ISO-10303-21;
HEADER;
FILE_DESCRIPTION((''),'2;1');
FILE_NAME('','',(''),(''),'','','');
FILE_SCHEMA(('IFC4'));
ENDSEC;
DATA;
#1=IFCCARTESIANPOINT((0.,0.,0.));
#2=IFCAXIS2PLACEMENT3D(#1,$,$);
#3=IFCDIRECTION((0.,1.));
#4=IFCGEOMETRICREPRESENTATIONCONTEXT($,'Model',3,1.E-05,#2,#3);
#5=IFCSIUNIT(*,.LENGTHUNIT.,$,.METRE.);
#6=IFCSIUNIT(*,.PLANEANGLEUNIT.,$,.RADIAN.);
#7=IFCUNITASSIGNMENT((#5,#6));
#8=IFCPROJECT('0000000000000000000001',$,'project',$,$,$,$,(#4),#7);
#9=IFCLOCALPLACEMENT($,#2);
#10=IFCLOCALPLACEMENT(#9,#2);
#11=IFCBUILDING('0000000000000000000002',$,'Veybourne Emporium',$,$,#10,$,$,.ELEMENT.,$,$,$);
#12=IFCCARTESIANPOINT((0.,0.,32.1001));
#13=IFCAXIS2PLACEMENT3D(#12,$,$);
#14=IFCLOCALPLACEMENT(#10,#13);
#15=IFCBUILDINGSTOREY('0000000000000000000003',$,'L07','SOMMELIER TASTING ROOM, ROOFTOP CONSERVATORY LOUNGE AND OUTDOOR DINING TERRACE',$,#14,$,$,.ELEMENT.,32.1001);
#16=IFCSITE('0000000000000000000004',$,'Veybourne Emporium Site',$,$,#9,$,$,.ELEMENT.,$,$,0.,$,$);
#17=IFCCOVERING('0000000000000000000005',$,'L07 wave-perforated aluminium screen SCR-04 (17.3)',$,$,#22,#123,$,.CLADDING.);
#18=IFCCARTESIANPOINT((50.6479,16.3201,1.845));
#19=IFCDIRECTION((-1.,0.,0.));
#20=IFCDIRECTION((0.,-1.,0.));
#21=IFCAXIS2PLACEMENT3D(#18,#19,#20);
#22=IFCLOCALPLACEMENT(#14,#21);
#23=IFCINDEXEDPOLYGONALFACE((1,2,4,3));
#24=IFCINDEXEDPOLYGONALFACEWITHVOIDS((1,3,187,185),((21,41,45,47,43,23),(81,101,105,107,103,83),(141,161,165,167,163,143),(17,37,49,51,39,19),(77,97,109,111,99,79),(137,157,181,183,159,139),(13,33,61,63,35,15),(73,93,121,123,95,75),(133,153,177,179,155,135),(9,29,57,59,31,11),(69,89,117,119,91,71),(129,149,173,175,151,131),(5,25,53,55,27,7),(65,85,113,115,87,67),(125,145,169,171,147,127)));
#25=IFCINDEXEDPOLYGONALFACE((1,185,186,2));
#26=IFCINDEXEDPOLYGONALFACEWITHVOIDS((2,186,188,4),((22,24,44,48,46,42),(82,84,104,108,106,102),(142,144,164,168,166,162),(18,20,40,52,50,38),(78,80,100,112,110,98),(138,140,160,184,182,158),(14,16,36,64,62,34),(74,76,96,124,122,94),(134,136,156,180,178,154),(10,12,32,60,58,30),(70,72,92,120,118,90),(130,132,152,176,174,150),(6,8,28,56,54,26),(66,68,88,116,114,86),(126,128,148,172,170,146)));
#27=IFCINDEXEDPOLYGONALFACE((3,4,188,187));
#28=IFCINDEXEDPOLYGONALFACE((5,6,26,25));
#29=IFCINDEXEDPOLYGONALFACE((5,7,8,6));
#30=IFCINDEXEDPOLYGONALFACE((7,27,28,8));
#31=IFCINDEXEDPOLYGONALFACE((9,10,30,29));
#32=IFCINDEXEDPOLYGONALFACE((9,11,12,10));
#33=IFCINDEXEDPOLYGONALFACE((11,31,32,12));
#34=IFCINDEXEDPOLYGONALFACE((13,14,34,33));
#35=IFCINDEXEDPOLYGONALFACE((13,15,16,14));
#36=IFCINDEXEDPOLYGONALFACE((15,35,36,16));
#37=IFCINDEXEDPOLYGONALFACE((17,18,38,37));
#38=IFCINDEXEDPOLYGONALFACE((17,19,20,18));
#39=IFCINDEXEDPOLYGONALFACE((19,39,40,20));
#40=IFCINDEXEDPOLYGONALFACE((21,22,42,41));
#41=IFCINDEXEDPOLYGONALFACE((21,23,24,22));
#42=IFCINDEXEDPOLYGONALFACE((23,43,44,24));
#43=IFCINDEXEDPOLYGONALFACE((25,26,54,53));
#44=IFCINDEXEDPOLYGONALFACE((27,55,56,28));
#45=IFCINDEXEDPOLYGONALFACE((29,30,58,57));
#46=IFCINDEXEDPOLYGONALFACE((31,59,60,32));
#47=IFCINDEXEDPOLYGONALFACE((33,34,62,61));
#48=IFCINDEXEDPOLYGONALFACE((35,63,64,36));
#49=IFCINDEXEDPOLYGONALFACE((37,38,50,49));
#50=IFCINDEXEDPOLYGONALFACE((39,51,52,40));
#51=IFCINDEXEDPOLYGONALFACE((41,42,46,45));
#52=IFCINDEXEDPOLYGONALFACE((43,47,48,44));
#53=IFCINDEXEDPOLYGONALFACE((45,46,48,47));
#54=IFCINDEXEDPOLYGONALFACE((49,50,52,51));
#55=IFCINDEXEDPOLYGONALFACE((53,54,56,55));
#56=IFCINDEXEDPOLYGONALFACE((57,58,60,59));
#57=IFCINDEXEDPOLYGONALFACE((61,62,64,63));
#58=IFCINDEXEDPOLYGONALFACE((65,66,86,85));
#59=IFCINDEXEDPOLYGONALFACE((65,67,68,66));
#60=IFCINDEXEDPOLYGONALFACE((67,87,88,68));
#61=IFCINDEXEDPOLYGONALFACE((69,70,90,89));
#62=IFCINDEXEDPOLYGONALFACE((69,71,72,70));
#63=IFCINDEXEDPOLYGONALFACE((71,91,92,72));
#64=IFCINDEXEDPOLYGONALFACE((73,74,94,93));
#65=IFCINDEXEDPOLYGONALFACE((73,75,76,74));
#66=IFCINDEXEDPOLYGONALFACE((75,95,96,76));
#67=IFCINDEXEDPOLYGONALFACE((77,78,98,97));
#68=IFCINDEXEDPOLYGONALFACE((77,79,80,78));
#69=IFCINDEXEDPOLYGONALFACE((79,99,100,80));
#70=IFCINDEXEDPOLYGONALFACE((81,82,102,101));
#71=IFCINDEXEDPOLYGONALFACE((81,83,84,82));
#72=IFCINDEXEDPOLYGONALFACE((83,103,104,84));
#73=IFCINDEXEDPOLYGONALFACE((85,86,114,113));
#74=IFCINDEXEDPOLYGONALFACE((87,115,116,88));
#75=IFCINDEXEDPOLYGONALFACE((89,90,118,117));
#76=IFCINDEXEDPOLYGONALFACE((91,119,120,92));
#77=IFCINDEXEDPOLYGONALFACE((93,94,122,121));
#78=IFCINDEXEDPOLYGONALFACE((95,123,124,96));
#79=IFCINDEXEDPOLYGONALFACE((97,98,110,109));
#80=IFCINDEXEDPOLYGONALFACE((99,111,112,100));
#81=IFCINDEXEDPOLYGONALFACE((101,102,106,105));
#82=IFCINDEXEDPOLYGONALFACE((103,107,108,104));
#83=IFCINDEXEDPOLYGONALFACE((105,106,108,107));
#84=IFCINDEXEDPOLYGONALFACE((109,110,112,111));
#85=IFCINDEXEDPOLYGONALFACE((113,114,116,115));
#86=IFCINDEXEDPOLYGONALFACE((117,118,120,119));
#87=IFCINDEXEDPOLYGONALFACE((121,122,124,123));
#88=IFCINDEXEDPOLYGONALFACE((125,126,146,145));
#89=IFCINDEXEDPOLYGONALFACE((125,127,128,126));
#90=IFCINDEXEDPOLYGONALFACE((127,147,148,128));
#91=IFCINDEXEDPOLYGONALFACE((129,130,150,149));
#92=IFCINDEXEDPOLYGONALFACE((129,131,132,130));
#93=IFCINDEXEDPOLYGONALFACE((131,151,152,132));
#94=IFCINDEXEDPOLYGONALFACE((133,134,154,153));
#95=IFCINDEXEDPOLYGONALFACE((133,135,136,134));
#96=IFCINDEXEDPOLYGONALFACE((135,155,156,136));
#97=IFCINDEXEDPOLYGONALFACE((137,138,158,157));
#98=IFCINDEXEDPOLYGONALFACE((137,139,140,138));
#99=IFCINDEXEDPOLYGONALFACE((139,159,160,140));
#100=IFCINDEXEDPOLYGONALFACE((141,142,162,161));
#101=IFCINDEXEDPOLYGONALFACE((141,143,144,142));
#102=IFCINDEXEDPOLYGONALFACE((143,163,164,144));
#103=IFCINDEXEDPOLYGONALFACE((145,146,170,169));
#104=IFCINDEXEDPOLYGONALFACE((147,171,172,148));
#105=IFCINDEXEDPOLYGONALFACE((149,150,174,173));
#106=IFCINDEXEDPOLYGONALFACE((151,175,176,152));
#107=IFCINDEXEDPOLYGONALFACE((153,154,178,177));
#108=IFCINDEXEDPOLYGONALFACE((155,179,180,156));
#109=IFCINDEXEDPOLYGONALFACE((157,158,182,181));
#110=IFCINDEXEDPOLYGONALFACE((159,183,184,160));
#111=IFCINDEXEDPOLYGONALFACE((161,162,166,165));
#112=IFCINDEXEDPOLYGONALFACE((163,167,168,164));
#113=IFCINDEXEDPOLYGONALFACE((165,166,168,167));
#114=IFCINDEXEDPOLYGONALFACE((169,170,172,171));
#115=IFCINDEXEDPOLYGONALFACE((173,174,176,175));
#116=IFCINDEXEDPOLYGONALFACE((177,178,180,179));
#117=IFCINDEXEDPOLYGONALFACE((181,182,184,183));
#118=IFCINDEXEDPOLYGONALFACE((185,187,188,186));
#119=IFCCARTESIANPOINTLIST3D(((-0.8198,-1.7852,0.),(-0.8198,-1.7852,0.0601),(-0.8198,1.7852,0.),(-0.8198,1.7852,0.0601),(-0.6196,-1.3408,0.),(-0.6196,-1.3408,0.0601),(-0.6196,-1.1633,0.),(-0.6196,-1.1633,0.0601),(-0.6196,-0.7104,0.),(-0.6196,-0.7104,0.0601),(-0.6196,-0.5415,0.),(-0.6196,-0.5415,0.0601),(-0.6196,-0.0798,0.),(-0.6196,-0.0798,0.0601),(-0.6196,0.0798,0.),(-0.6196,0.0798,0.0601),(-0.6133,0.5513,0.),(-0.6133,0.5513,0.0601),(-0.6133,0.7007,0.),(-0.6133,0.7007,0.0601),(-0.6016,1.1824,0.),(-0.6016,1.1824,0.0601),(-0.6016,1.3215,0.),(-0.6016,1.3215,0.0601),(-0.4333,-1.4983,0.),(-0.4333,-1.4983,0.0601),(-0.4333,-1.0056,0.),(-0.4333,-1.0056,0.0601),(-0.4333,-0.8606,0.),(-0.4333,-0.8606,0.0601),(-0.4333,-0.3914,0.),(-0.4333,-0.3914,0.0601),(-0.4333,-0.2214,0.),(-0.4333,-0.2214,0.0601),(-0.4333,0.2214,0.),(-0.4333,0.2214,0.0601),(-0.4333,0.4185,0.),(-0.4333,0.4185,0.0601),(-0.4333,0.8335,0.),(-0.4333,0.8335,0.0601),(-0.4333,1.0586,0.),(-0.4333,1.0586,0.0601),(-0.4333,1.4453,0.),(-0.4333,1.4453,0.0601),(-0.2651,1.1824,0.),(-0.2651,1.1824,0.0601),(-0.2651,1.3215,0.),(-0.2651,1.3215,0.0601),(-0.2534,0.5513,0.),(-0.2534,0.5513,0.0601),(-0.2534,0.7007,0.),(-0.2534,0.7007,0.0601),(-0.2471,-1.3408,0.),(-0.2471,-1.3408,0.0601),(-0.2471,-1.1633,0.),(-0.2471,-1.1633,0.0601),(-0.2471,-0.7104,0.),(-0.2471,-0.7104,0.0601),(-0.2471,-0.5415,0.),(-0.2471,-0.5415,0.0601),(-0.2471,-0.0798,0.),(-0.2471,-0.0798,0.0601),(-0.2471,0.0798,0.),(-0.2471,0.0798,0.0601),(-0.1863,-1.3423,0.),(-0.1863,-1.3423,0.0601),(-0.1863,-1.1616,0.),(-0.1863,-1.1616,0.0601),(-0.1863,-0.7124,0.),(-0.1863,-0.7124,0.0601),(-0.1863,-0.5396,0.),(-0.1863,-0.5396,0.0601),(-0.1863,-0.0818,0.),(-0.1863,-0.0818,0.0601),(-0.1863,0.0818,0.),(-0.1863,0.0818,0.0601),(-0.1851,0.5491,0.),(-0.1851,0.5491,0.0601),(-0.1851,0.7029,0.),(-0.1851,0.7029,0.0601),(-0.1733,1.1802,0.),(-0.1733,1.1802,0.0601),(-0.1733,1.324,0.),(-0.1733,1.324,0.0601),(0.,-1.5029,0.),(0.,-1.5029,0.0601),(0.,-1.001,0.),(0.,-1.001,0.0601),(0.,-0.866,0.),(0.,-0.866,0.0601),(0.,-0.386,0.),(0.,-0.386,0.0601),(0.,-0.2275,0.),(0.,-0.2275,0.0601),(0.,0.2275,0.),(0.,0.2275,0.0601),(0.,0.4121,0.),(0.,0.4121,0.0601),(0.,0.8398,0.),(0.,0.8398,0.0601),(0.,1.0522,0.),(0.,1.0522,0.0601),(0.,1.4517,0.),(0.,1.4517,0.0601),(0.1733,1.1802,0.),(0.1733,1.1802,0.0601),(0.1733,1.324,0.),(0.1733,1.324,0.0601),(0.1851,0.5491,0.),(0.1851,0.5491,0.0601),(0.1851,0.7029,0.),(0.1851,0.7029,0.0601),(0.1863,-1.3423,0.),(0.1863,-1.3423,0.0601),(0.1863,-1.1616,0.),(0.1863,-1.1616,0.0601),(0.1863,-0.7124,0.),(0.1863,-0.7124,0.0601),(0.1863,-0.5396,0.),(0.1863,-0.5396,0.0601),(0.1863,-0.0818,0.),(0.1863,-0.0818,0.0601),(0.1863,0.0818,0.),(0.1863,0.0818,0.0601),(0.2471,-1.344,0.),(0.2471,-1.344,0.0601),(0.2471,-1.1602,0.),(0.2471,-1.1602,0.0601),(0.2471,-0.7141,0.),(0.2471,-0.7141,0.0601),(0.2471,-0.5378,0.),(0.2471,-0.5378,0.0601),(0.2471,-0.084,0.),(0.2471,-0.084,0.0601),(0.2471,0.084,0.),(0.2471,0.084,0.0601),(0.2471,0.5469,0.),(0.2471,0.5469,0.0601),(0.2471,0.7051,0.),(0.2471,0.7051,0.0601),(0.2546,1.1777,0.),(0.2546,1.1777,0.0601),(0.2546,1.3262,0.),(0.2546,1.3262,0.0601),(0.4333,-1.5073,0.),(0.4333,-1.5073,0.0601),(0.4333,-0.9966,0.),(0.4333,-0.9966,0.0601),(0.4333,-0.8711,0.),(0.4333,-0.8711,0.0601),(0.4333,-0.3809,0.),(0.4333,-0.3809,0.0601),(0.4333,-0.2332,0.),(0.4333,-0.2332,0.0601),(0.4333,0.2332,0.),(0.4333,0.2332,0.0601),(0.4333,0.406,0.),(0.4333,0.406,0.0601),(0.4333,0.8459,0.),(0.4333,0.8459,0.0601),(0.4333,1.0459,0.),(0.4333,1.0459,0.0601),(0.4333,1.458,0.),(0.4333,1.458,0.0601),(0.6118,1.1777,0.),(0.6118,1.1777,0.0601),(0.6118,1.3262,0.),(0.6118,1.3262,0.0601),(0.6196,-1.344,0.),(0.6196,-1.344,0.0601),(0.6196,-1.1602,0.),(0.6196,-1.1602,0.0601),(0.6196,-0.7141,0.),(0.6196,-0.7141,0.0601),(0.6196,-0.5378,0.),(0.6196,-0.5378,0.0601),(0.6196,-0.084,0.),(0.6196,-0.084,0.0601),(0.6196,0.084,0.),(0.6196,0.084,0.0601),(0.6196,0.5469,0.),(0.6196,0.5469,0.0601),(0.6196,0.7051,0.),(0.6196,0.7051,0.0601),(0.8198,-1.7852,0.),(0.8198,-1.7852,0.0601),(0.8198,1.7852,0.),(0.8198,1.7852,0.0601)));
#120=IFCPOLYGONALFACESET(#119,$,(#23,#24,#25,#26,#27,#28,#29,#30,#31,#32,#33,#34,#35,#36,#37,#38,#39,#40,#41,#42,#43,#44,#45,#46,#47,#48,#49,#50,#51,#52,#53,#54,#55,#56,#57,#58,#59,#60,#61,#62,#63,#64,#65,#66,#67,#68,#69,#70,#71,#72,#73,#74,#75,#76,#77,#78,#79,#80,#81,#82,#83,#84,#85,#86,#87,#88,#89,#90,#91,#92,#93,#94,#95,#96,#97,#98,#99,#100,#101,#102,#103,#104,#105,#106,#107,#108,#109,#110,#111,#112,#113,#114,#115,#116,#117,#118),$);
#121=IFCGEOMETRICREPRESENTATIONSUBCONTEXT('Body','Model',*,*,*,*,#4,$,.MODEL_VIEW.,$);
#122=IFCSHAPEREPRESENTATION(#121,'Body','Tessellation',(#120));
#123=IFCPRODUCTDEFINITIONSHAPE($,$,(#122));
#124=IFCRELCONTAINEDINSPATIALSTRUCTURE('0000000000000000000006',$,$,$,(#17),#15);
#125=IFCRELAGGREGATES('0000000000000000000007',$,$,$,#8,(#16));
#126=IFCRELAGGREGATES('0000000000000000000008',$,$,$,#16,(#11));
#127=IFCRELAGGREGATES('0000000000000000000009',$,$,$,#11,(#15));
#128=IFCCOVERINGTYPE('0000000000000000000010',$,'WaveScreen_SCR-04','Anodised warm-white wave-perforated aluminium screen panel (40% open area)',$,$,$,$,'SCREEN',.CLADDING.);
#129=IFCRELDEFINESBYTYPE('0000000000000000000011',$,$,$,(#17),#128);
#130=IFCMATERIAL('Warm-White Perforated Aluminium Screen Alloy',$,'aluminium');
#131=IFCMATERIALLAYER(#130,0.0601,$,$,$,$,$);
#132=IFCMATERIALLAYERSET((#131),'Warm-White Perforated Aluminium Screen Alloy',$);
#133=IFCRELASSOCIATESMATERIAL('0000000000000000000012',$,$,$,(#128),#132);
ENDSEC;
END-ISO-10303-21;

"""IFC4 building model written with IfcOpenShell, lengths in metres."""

from ifc_helpers import new_model, si_unit, direction, frame, origin, place, context, subcontext, project, spatial, polyline, outline, extrude, material, layer, layer_set, type_object, element, save


model = new_model("IFC4")

# Units and contexts
model_context = context("Model", 3, precision=1e-05, world=origin(), true_north=direction((0.0, 1.0)))
body_context = subcontext(model_context, "Body", "Model", "MODEL_VIEW")
ifc_project = project(units=[si_unit("LENGTHUNIT", "METRE"), si_unit("PLANEANGLEUNIT", "RADIAN")], contexts=[model_context])

# Site, building, storey
site_placement = place(None, origin())
site = spatial("IfcSite", under=ifc_project, at=site_placement, Name="Veybourne Emporium Site", CompositionType="ELEMENT", RefElevation=0.0)
building_placement = place(site_placement, origin())
building = spatial("IfcBuilding", under=site, at=building_placement, Name="Veybourne Emporium", CompositionType="ELEMENT")
storey_placement = place(building_placement, frame((0.0, 0.0, 32.1001)))
storey = spatial("IfcBuildingStorey", under=building, at=storey_placement, Name="L07", Description="SOMMELIER TASTING ROOM, ROOFTOP CONSERVATORY LOUNGE AND OUTDOOR DINING TERRACE", CompositionType="ELEMENT", Elevation=32.1001)

# Covering
ifc_material_1 = material(Name="Warm-White Perforated Aluminium Screen Alloy", Category="aluminium")
ifc_layer_1 = layer(ifc_material_1, 0.0601)
ifc_layer_set_1 = layer_set([ifc_layer_1], Name="Warm-White Perforated Aluminium Screen Alloy")
covering_type_1 = type_object("IfcCoveringType", Name="WaveScreen_SCR-04", Description="Anodised warm-white wave-perforated aluminium screen panel (40% open area)", ElementType="SCREEN", PredefinedType="CLADDING", material=ifc_layer_set_1)
covering_1_placement = place(storey_placement, frame((50.6479, 16.3201, 1.845), z_axis=(-1.0, 0.0, 0.0), x_axis=(0.0, -1.0, 0.0)))
element("IfcCovering", 1, at=covering_1_placement, inside=storey, type_object=covering_type_1, Name="L07 wave-perforated aluminium screen SCR-04 (17.3)", PredefinedType="CLADDING", context=body_context, shape_type="SweptSolid", body=[
    extrude(outline(polyline([(-0.8198, -1.7852), (0.8198, -1.7852), (0.8198, 1.7852), (-0.8198, 1.7852), (-0.8198, -1.7852)]), holes=[polyline([(-0.4333, -1.0056), (-0.2471, -1.1633), (-0.2471, -1.3408), (-0.4333, -1.4983), (-0.6196, -1.3408), (-0.6196, -1.1633), (-0.4333, -1.0056)]), polyline([(-0.4333, -0.3914), (-0.2471, -0.5415), (-0.2471, -0.7104), (-0.4333, -0.8606), (-0.6196, -0.7104), (-0.6196, -0.5415), (-0.4333, -0.3914)]), polyline([(-0.4333, 0.2214), (-0.2471, 0.0798), (-0.2471, -0.0798), (-0.4333, -0.2214), (-0.6196, -0.0798), (-0.6196, 0.0798), (-0.4333, 0.2214)]), polyline([(-0.4333, 0.8335), (-0.2534, 0.7007), (-0.2534, 0.5513), (-0.4333, 0.4185), (-0.6133, 0.5513), (-0.6133, 0.7007), (-0.4333, 0.8335)]), polyline([(-0.4333, 1.4453), (-0.2651, 1.3215), (-0.2651, 1.1824), (-0.4333, 1.0586), (-0.6016, 1.1824), (-0.6016, 1.3215), (-0.4333, 1.4453)]), polyline([(0.0, -1.001), (0.1863, -1.1616), (0.1863, -1.3423), (0.0, -1.5029), (-0.1863, -1.3423), (-0.1863, -1.1616), (0.0, -1.001)]), polyline([(0.0, -0.386), (0.1863, -0.5396), (0.1863, -0.7124), (0.0, -0.866), (-0.1863, -0.7124), (-0.1863, -0.5396), (0.0, -0.386)]), polyline([(0.0, 0.2275), (0.1863, 0.0818), (0.1863, -0.0818), (0.0, -0.2275), (-0.1863, -0.0818), (-0.1863, 0.0818), (0.0, 0.2275)]), polyline([(0.0, 0.8398), (0.1851, 0.7029), (0.1851, 0.5491), (0.0, 0.4121), (-0.1851, 0.5491), (-0.1851, 0.7029), (0.0, 0.8398)]), polyline([(0.0, 1.4517), (0.1733, 1.324), (0.1733, 1.1802), (0.0, 1.0522), (-0.1733, 1.1802), (-0.1733, 1.324), (0.0, 1.4517)]), polyline([(0.4333, -0.9966), (0.6196, -1.1602), (0.6196, -1.344), (0.4333, -1.5073), (0.2471, -1.344), (0.2471, -1.1602), (0.4333, -0.9966)]), polyline([(0.4333, -0.3809), (0.6196, -0.5378), (0.6196, -0.7141), (0.4333, -0.8711), (0.2471, -0.7141), (0.2471, -0.5378), (0.4333, -0.3809)]), polyline([(0.4333, 0.2332), (0.6196, 0.084), (0.6196, -0.084), (0.4333, -0.2332), (0.2471, -0.084), (0.2471, 0.084), (0.4333, 0.2332)]), polyline([(0.4333, 0.8459), (0.6196, 0.7051), (0.6196, 0.5469), (0.4333, 0.406), (0.2471, 0.5469), (0.2471, 0.7051), (0.4333, 0.8459)]), polyline([(0.4333, 1.458), (0.6118, 1.3262), (0.6118, 1.1777), (0.4333, 1.0459), (0.2546, 1.1777), (0.2546, 1.3262), (0.4333, 1.458)])]), origin(), (0.0, 0.0, 1.0), 0.0601),
])

save(model, "model.ifc")
